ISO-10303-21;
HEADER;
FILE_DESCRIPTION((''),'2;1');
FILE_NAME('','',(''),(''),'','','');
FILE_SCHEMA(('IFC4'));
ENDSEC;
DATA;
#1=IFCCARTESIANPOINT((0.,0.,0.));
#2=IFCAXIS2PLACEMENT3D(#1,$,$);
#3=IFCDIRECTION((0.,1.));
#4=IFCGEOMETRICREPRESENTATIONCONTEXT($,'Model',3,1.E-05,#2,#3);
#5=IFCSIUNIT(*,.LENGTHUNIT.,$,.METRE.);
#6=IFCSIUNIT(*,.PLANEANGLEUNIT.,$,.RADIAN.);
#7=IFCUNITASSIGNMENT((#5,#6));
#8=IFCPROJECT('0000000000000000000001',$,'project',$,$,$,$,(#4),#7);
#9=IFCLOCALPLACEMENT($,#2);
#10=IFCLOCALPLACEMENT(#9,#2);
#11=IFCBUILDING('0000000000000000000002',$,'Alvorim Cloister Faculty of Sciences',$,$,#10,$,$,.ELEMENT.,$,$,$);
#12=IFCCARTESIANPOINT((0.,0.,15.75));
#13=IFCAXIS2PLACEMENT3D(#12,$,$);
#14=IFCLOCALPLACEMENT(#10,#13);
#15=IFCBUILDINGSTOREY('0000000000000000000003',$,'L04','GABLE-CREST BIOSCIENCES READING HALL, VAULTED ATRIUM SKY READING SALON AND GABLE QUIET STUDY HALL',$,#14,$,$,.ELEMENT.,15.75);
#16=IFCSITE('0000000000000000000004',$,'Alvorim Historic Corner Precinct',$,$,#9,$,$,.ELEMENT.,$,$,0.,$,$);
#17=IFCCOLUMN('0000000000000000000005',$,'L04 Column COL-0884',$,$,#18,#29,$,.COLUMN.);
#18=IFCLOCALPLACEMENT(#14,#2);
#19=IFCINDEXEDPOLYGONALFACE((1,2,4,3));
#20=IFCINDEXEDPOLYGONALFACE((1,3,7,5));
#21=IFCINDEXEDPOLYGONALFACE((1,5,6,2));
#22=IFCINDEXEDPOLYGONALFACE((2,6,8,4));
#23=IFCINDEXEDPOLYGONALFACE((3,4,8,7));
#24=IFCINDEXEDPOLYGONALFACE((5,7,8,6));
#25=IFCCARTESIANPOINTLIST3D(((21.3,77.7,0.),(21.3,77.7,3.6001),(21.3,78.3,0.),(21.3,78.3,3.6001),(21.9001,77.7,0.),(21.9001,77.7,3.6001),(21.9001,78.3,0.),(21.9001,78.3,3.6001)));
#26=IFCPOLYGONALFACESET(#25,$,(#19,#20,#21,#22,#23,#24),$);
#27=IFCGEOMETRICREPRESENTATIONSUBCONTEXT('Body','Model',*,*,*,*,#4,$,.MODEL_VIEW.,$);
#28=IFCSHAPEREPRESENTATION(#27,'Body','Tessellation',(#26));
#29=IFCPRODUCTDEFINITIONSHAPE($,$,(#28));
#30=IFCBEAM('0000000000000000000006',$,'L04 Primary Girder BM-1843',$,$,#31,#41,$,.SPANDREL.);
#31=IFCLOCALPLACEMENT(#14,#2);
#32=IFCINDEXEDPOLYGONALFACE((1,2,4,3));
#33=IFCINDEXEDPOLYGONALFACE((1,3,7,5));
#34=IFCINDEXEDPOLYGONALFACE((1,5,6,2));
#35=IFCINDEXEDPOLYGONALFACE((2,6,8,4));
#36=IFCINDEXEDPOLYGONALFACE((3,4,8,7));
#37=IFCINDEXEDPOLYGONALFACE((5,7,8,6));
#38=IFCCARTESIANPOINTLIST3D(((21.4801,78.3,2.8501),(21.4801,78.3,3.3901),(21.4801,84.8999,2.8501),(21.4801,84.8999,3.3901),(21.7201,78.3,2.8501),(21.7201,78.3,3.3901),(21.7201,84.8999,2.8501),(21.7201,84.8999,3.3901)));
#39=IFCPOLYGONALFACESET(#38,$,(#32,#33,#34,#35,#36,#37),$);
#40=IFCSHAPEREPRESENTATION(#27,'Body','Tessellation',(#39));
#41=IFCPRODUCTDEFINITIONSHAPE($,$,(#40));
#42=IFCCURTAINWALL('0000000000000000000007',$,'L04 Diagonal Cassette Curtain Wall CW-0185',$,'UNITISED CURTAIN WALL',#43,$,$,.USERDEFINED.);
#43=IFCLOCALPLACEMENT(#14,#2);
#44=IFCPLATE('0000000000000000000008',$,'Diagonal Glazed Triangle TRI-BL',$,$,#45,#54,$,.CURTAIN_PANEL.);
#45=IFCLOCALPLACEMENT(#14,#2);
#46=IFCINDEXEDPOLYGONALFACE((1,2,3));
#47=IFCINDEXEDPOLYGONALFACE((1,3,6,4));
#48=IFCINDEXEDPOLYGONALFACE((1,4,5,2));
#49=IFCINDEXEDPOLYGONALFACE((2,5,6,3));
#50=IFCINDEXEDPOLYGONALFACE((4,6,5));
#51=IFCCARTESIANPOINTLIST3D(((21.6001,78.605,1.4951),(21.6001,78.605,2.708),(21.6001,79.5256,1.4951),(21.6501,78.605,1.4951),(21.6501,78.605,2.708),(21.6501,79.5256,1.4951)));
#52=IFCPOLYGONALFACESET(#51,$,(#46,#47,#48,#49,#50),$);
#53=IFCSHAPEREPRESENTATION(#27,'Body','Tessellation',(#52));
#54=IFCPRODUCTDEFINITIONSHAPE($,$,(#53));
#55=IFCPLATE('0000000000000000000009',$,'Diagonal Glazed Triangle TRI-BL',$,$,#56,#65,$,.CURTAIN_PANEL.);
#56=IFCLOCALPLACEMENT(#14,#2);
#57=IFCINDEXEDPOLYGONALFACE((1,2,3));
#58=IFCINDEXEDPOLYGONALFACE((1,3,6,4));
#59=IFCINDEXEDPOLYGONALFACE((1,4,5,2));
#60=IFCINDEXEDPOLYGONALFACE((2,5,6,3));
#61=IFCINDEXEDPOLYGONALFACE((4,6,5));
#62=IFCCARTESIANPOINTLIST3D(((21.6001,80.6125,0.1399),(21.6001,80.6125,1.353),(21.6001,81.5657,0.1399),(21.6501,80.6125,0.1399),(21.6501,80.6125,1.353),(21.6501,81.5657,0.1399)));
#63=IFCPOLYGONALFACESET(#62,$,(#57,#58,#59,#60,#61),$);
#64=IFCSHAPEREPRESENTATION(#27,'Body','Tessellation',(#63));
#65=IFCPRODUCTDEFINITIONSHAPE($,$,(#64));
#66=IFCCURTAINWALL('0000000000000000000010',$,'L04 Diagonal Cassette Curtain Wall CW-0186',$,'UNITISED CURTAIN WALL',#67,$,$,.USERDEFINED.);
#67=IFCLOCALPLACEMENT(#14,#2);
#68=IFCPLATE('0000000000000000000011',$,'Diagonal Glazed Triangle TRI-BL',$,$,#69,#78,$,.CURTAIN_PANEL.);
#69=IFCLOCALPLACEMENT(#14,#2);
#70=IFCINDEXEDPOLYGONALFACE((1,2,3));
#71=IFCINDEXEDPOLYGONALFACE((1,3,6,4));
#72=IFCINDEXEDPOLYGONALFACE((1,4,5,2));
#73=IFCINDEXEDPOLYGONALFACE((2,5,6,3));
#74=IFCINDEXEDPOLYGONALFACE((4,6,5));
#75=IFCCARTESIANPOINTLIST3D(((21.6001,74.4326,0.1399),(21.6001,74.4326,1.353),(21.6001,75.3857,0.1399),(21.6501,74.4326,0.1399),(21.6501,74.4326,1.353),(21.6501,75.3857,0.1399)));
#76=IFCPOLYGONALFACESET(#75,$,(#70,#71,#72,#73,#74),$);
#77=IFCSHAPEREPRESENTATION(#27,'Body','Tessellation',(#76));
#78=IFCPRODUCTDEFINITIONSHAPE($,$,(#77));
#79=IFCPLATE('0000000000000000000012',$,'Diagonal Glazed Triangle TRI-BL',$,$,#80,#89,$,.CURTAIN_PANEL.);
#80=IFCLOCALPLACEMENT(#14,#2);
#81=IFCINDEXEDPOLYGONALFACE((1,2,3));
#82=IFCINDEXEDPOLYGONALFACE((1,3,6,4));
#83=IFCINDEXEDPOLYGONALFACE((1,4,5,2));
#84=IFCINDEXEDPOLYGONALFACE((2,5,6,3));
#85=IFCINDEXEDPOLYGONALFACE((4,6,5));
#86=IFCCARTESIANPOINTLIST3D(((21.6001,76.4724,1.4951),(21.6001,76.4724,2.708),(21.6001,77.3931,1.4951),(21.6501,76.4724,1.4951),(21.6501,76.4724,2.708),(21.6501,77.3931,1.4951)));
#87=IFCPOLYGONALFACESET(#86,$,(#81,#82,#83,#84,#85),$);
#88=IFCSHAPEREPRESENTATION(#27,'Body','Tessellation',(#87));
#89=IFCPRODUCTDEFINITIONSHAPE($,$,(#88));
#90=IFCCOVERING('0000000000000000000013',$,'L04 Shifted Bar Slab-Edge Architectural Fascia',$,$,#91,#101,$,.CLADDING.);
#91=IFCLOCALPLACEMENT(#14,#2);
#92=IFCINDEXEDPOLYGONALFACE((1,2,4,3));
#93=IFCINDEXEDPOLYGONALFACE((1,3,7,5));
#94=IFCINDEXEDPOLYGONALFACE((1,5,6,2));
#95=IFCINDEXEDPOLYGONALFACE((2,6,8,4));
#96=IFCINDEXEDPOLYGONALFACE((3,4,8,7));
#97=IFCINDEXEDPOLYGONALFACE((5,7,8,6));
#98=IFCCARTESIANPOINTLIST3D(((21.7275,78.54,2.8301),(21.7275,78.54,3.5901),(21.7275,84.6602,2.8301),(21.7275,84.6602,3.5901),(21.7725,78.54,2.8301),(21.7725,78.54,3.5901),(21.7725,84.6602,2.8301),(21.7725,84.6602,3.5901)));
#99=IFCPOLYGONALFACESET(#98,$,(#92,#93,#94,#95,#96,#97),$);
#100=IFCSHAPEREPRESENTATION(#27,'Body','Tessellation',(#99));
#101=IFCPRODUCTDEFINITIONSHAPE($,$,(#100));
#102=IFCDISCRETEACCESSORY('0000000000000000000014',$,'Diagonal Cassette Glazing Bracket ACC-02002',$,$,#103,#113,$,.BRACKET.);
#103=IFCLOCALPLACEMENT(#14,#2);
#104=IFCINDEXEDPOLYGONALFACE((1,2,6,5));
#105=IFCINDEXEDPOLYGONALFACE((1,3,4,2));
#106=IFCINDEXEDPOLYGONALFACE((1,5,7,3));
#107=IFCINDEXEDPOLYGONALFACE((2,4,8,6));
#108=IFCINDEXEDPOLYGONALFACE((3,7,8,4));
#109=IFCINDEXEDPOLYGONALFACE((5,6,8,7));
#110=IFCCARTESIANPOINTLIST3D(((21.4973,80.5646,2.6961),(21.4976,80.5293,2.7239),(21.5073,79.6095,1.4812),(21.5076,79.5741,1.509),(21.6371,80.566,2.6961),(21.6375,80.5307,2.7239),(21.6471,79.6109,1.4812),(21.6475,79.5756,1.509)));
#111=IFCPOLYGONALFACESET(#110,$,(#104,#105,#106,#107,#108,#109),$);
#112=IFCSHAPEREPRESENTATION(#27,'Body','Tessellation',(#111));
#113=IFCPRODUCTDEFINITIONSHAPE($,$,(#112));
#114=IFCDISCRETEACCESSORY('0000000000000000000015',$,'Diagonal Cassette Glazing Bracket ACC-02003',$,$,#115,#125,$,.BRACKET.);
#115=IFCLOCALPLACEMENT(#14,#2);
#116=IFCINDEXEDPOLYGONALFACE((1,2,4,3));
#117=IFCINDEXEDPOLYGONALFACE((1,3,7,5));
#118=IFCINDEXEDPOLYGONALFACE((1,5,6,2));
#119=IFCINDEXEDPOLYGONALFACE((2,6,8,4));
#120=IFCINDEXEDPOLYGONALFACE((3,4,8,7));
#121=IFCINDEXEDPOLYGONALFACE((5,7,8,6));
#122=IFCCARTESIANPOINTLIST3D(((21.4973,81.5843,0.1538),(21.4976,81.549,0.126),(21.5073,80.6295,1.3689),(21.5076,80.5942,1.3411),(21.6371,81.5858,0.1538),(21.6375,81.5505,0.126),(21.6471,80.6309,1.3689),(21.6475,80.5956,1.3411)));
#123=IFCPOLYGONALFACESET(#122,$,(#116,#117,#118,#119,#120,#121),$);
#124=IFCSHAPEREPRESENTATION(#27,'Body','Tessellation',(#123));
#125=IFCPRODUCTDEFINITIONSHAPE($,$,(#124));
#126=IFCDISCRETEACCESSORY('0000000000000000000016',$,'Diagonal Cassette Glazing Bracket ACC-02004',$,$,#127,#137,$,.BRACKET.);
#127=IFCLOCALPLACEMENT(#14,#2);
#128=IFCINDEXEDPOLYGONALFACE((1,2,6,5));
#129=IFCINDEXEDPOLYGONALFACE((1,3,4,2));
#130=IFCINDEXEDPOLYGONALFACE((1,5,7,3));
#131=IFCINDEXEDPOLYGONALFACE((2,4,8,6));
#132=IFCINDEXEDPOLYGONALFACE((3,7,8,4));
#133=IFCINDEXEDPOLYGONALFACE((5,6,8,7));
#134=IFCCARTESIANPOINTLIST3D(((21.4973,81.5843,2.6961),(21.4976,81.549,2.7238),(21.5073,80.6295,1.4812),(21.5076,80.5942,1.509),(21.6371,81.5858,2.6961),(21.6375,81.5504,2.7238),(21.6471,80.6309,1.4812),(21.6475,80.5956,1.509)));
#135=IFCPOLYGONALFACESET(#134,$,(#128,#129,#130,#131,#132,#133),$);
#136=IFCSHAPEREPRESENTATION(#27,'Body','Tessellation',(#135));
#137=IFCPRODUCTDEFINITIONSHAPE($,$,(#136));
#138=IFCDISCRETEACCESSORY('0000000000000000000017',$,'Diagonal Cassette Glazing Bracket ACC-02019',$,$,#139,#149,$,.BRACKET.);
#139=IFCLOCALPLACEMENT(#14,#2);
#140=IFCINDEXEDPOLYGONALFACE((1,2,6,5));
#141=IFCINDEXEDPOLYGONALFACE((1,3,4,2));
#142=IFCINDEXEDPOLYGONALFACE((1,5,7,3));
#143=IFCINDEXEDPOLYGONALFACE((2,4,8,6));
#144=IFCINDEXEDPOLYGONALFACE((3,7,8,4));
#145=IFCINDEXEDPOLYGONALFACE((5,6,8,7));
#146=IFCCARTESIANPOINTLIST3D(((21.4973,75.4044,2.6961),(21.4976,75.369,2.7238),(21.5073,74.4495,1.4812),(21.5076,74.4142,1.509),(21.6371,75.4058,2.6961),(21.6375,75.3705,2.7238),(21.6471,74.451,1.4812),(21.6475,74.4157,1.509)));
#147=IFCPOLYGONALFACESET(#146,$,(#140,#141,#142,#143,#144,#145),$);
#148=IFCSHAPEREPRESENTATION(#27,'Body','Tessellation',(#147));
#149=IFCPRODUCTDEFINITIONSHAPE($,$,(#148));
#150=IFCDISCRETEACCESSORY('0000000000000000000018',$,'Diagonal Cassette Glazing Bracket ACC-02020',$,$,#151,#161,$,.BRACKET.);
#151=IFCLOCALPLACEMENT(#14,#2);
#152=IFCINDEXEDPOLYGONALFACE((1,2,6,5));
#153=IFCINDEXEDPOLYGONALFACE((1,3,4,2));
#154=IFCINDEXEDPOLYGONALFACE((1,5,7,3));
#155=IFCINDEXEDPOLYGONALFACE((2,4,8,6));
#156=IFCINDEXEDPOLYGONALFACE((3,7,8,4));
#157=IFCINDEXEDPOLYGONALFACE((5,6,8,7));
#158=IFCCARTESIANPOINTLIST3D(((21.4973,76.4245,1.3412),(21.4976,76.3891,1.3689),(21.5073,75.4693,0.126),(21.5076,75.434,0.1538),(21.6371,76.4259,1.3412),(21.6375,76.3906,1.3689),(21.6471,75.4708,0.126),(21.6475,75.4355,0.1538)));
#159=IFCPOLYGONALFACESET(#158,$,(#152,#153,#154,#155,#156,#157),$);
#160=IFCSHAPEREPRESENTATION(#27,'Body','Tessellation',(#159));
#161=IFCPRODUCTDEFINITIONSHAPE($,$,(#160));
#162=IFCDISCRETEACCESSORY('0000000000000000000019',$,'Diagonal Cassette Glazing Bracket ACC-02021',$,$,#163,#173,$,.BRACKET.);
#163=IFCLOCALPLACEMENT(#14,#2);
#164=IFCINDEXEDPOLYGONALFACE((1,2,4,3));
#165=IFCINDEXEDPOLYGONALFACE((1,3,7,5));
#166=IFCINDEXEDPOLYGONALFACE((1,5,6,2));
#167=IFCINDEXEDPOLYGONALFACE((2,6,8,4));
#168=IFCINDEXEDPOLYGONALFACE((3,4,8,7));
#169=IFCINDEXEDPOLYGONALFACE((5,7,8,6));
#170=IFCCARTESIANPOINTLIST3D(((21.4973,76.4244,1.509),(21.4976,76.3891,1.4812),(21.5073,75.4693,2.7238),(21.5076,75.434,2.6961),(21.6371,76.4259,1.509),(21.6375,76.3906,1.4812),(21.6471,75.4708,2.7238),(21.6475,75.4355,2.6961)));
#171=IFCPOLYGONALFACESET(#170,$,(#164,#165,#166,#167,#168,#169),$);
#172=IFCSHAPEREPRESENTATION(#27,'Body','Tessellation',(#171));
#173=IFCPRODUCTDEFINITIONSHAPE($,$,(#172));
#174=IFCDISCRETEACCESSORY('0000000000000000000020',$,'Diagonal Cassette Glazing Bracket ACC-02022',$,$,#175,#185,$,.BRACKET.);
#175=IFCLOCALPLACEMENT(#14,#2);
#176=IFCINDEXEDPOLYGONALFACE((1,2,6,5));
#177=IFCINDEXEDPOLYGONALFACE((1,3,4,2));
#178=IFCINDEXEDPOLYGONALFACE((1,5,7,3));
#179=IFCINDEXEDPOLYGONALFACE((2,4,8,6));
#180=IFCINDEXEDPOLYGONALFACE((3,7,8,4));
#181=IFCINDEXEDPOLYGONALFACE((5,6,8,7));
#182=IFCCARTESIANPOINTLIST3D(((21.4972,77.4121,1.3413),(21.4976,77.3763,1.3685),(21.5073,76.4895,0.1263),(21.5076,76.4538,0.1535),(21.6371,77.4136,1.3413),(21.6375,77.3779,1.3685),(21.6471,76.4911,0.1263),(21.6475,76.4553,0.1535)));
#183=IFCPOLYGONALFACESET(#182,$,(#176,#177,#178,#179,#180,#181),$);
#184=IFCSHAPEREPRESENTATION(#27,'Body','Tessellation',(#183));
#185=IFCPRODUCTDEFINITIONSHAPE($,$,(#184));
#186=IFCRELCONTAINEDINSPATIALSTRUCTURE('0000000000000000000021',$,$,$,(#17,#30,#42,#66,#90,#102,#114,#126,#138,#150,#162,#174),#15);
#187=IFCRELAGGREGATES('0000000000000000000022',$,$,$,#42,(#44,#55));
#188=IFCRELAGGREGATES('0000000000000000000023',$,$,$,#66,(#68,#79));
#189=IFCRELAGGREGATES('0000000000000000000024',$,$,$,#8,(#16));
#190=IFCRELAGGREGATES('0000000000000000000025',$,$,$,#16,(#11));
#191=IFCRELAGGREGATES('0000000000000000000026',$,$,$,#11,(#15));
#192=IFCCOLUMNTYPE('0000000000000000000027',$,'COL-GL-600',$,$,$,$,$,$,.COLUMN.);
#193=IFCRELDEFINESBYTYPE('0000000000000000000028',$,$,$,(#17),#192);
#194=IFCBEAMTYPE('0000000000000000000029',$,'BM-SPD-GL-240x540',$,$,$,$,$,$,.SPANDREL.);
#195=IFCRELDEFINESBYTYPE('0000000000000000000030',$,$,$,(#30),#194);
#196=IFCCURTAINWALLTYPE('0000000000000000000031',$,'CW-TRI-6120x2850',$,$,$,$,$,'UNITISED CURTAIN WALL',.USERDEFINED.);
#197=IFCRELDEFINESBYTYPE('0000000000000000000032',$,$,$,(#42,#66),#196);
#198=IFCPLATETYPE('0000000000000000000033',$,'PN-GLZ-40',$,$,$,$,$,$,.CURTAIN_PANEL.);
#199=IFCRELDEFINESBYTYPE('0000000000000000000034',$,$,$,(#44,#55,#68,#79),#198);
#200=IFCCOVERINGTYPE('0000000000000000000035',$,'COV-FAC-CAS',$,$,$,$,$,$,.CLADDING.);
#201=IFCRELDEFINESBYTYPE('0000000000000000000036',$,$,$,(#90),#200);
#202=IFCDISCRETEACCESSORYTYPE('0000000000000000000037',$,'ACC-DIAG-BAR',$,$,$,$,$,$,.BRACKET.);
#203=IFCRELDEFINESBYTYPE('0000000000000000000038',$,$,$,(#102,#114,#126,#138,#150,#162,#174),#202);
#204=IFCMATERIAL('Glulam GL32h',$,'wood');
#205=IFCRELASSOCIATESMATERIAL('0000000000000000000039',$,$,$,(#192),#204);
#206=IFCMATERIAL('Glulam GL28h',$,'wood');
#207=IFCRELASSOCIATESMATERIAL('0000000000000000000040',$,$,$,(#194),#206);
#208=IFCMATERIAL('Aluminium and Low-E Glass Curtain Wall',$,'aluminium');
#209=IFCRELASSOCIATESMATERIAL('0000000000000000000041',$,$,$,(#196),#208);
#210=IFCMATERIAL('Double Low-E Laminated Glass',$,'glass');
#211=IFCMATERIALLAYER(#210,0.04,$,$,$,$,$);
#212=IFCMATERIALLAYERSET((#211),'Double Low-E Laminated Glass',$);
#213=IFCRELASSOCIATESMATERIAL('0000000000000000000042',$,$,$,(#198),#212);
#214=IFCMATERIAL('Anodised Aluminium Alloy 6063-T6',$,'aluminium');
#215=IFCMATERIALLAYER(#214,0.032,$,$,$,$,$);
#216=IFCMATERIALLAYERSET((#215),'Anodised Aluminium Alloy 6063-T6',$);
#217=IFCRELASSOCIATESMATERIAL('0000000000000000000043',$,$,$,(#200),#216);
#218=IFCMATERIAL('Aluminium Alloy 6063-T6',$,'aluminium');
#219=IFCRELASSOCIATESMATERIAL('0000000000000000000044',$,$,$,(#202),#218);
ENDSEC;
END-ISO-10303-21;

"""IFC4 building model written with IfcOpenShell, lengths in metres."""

from ifc_helpers import new_model, si_unit, direction, frame, origin, origin_2d, place, context, subcontext, project, spatial, polyline, rectangle, outline, extrude, material, layer, layer_set, material_profile, profile_set, type_object, element, aggregate, save


model = new_model("IFC4")

# Units and contexts
model_context = context("Model", 3, precision=1e-05, world=origin(), true_north=direction((0.0, 1.0)))
body_context = subcontext(model_context, "Body", "Model", "MODEL_VIEW")
ifc_project = project(units=[si_unit("LENGTHUNIT", "METRE"), si_unit("PLANEANGLEUNIT", "RADIAN")], contexts=[model_context])

# Site, building, storey
site_placement = place(None, origin())
site = spatial("IfcSite", under=ifc_project, at=site_placement, Name="Alvorim Historic Corner Precinct", CompositionType="ELEMENT", RefElevation=0.0)
building_placement = place(site_placement, origin())
building = spatial("IfcBuilding", under=site, at=building_placement, Name="Alvorim Cloister Faculty of Sciences", CompositionType="ELEMENT")
storey_placement = place(building_placement, frame((0.0, 0.0, 15.75)))
storey = spatial("IfcBuildingStorey", under=building, at=storey_placement, Name="L04", Description="GABLE-CREST BIOSCIENCES READING HALL, VAULTED ATRIUM SKY READING SALON AND GABLE QUIET STUDY HALL", CompositionType="ELEMENT", Elevation=15.75)

# Column
ifc_material_1 = material(Name="Glulam GL32h", Category="wood")
ifc_material_profile_1 = material_profile(ifc_material_1, rectangle(XDim=0.6001, YDim=0.6001, at=origin_2d()), Name="GL32-COL-600x600")
ifc_profile_set_1 = profile_set([ifc_material_profile_1], Name="Glulam GL32h")
column_type = type_object("IfcColumnType", Name="COL-GL-600", PredefinedType="COLUMN", material=ifc_profile_set_1)
column_placement = place(storey_placement, frame((21.6001, 78.0, 0.0), z_axis=(0.0, 0.0, 1.0), x_axis=(1.0, 0.0, 0.0)))
element("IfcColumn", 1, at=column_placement, inside=storey, type_object=column_type, Name="L04 Column COL-0884", PredefinedType="COLUMN", context=body_context, shape_type="SweptSolid", body=[
    extrude(rectangle(XDim=0.6001, YDim=0.6001, at=origin_2d()), origin(), (0.0, 0.0, 1.0), 3.6001),
])

# Beam
ifc_material_2 = material(Name="Glulam GL28h", Category="wood")
ifc_material_profile_2 = material_profile(ifc_material_2, rectangle(XDim=0.24, YDim=0.54, at=origin_2d()), Name="GL28-SPD-240x540")
ifc_profile_set_2 = profile_set([ifc_material_profile_2], Name="Glulam GL28h")
beam_type = type_object("IfcBeamType", Name="BM-SPD-GL-240x540", PredefinedType="SPANDREL", material=ifc_profile_set_2)
beam_placement = place(storey_placement, frame((21.6001, 78.3, 3.1201), z_axis=(0.0, 1.0, 0.0), x_axis=(-1.0, 0.0, 0.0)))
element("IfcBeam", 2, at=beam_placement, inside=storey, type_object=beam_type, Name="L04 Primary Girder BM-1843", PredefinedType="SPANDREL", context=body_context, shape_type="SweptSolid", body=[
    extrude(rectangle(XDim=0.24, YDim=0.54, at=origin_2d()), origin(), (0.0, 0.0, 1.0), 6.5999),
])

# Curtain walls, plates
ifc_material_3 = material(Name="Aluminium and Low-E Glass Curtain Wall", Category="aluminium")
curtain_wall_type = type_object("IfcCurtainWallType", Name="CW-TRI-6120x2850", ElementType="UNITISED CURTAIN WALL", PredefinedType="USERDEFINED", material=ifc_material_3)
curtain_wall_1_placement = place(storey_placement, origin())
curtain_wall_1 = element("IfcCurtainWall", 3, at=curtain_wall_1_placement, inside=storey, type_object=curtain_wall_type, Name="L04 Diagonal Cassette Curtain Wall CW-0185", ObjectType="UNITISED CURTAIN WALL", PredefinedType="USERDEFINED")
ifc_material_4 = material(Name="Double Low-E Laminated Glass", Category="glass")
ifc_layer_1 = layer(ifc_material_4, 0.04)
ifc_layer_set_1 = layer_set([ifc_layer_1], Name="Double Low-E Laminated Glass")
plate_type = type_object("IfcPlateType", Name="PN-GLZ-40", PredefinedType="CURTAIN_PANEL", material=ifc_layer_set_1)
plate_1_placement = place(storey_placement, frame((21.625, 78.605, 1.4951), z_axis=(0.0, 0.0, 1.0), x_axis=(0.0, 1.0, 0.0)))
plate_1 = element("IfcPlate", 4, at=plate_1_placement, type_object=plate_type, Name="Diagonal Glazed Triangle TRI-BL", PredefinedType="CURTAIN_PANEL", context=body_context, shape_type="SweptSolid", body=[
    extrude(outline(polyline([(0.0, 0.0), (0.9207, 0.0), (0.0, 1.2129), (0.0, 0.0)])), frame((0.0, 0.0249, 0.0), z_axis=(0.0, -1.0, 0.0), x_axis=(1.0, 0.0, 0.0)), (0.0, 0.0, 1.0), 0.05),
])
plate_2_placement = place(storey_placement, frame((21.625, 80.6125, 0.1399), z_axis=(0.0, 0.0, 1.0), x_axis=(0.0, 1.0, 0.0)))
plate_2 = element("IfcPlate", 5, at=plate_2_placement, type_object=plate_type, Name="Diagonal Glazed Triangle TRI-BL", PredefinedType="CURTAIN_PANEL", context=body_context, shape_type="SweptSolid", body=[
    extrude(outline(polyline([(0.0, 0.0), (0.9531, 0.0), (0.0, 1.2131), (0.0, 0.0)])), frame((0.0, 0.0249, 0.0), z_axis=(0.0, -1.0, 0.0), x_axis=(1.0, 0.0, 0.0)), (0.0, 0.0, 1.0), 0.05),
])
aggregate(curtain_wall_1, [plate_1, plate_2])
curtain_wall_2_placement = place(storey_placement, origin())
curtain_wall_2 = element("IfcCurtainWall", 6, at=curtain_wall_2_placement, inside=storey, type_object=curtain_wall_type, Name="L04 Diagonal Cassette Curtain Wall CW-0186", ObjectType="UNITISED CURTAIN WALL", PredefinedType="USERDEFINED")
plate_3_placement = place(storey_placement, frame((21.625, 74.4326, 0.1399), z_axis=(0.0, 0.0, 1.0), x_axis=(0.0, 1.0, 0.0)))
plate_3 = element("IfcPlate", 7, at=plate_3_placement, type_object=plate_type, Name="Diagonal Glazed Triangle TRI-BL", PredefinedType="CURTAIN_PANEL", context=body_context, shape_type="SweptSolid", body=[
    extrude(outline(polyline([(0.0, 0.0), (0.9531, 0.0), (0.0, 1.2131), (0.0, 0.0)])), frame((0.0, 0.0249, 0.0), z_axis=(0.0, -1.0, 0.0), x_axis=(1.0, 0.0, 0.0)), (0.0, 0.0, 1.0), 0.05),
])
plate_4_placement = place(storey_placement, frame((21.625, 76.4724, 1.4951), z_axis=(0.0, 0.0, 1.0), x_axis=(0.0, 1.0, 0.0)))
plate_4 = element("IfcPlate", 8, at=plate_4_placement, type_object=plate_type, Name="Diagonal Glazed Triangle TRI-BL", PredefinedType="CURTAIN_PANEL", context=body_context, shape_type="SweptSolid", body=[
    extrude(outline(polyline([(0.0, 0.0), (0.9207, 0.0), (0.0, 1.2129), (0.0, 0.0)])), frame((0.0, 0.0249, 0.0), z_axis=(0.0, -1.0, 0.0), x_axis=(1.0, 0.0, 0.0)), (0.0, 0.0, 1.0), 0.05),
])
aggregate(curtain_wall_2, [plate_3, plate_4])

# Covering
ifc_material_5 = material(Name="Anodised Aluminium Alloy 6063-T6", Category="aluminium")
ifc_layer_2 = layer(ifc_material_5, 0.032)
ifc_layer_set_2 = layer_set([ifc_layer_2], Name="Anodised Aluminium Alloy 6063-T6")
covering_type = type_object("IfcCoveringType", Name="COV-FAC-CAS", PredefinedType="CLADDING", material=ifc_layer_set_2)
covering_placement = place(storey_placement, frame((21.75, 78.54, 2.8301), z_axis=(0.0, 0.0, 1.0), x_axis=(0.0, 1.0, 0.0)))
element("IfcCovering", 9, at=covering_placement, inside=storey, type_object=covering_type, Name="L04 Shifted Bar Slab-Edge Architectural Fascia", PredefinedType="CLADDING", context=body_context, shape_type="SweptSolid", body=[
    extrude(outline(polyline([(0.0, 0.0), (6.1201, 0.0), (6.1201, 0.76), (0.0, 0.76), (0.0, 0.0)])), frame((0.0, 0.0225, 0.0), z_axis=(0.0, -1.0, 0.0), x_axis=(1.0, 0.0, 0.0)), (0.0, 0.0, 1.0), 0.0449),
])

# Discrete accessories
ifc_material_6 = material(Name="Aluminium Alloy 6063-T6", Category="aluminium")
discrete_accessory_type = type_object("IfcDiscreteAccessoryType", Name="ACC-DIAG-BAR", PredefinedType="BRACKET", material=ifc_material_6)
for number, where, z_axis, x_axis, name in (
    (10, (21.5774, 79.5925, 1.4951), (-0.006477, 0.618032, 0.786126), (-0.999945, -0.01048, 0.0), "Diagonal Cassette Glazing Bracket ACC-02002"),
    (11, (21.5774, 80.6125, 1.355), (-0.006477, 0.617857, -0.786263), (-0.999945, -0.010483, 0.0), "Diagonal Cassette Glazing Bracket ACC-02003"),
):
    element("IfcDiscreteAccessory", number, at=place(storey_placement, frame(where, z_axis=z_axis, x_axis=x_axis)), inside=storey, type_object=discrete_accessory_type, Name=name, PredefinedType="BRACKET", context=body_context, shape_type="SweptSolid", body=[
        extrude(rectangle(XDim=0.1399, YDim=0.0449, at=origin_2d()), origin(), (0.0, 0.0, 1.0), 1.5454),
    ])
for number, where, z_axis, x_axis, name in (
    (12, (21.5774, 80.6125, 1.4951), (-0.006478, 0.617934, 0.786203), (-0.999945, -0.010483, 0.0), "Diagonal Cassette Glazing Bracket ACC-02004"),
    (13, (21.5774, 74.4326, 1.4951), (-0.006478, 0.617934, 0.786203), (-0.999945, -0.010483, 0.0), "Diagonal Cassette Glazing Bracket ACC-02019"),
):
    element("IfcDiscreteAccessory", number, at=place(storey_placement, frame(where, z_axis=z_axis, x_axis=x_axis)), inside=storey, type_object=discrete_accessory_type, Name=name, PredefinedType="BRACKET", context=body_context, shape_type="SweptSolid", body=[
        extrude(rectangle(XDim=0.1399, YDim=0.0449, at=origin_2d()), origin(), (0.0, 0.0, 1.0), 1.5452),
    ])
discrete_accessory_1_placement = place(storey_placement, frame((21.5774, 75.4524, 0.1399), z_axis=(-0.006477, 0.617955, 0.786187), x_axis=(-0.999945, -0.01048, 0.0)))
element("IfcDiscreteAccessory", 14, at=discrete_accessory_1_placement, inside=storey, type_object=discrete_accessory_type, Name="Diagonal Cassette Glazing Bracket ACC-02020", PredefinedType="BRACKET", context=body_context, shape_type="SweptSolid", body=[
    extrude(rectangle(XDim=0.1399, YDim=0.0449, at=origin_2d()), origin(), (0.0, 0.0, 1.0), 1.5457),
])
discrete_accessory_2_placement = place(storey_placement, frame((21.5774, 75.4524, 2.71), z_axis=(-0.006477, 0.618032, -0.786126), x_axis=(-0.999945, -0.01048, 0.0)))
element("IfcDiscreteAccessory", 15, at=discrete_accessory_2_placement, inside=storey, type_object=discrete_accessory_type, Name="Diagonal Cassette Glazing Bracket ACC-02021", PredefinedType="BRACKET", context=body_context, shape_type="SweptSolid", body=[
    extrude(rectangle(XDim=0.1399, YDim=0.0449, at=origin_2d()), origin(), (0.0, 0.0, 1.0), 1.5454),
])
discrete_accessory_3_placement = place(storey_placement, frame((21.5774, 76.4724, 0.1399), z_axis=(-0.006561, 0.604713, 0.796416), x_axis=(-0.999941, -0.010849, 0.0)))
element("IfcDiscreteAccessory", 16, at=discrete_accessory_3_placement, inside=storey, type_object=discrete_accessory_type, Name="Diagonal Cassette Glazing Bracket ACC-02022", PredefinedType="BRACKET", context=body_context, shape_type="SweptSolid", body=[
    extrude(rectangle(XDim=0.1399, YDim=0.0449, at=origin_2d()), origin(), (0.0, 0.0, 1.0), 1.5256),
])

save(model, "model.ifc")
